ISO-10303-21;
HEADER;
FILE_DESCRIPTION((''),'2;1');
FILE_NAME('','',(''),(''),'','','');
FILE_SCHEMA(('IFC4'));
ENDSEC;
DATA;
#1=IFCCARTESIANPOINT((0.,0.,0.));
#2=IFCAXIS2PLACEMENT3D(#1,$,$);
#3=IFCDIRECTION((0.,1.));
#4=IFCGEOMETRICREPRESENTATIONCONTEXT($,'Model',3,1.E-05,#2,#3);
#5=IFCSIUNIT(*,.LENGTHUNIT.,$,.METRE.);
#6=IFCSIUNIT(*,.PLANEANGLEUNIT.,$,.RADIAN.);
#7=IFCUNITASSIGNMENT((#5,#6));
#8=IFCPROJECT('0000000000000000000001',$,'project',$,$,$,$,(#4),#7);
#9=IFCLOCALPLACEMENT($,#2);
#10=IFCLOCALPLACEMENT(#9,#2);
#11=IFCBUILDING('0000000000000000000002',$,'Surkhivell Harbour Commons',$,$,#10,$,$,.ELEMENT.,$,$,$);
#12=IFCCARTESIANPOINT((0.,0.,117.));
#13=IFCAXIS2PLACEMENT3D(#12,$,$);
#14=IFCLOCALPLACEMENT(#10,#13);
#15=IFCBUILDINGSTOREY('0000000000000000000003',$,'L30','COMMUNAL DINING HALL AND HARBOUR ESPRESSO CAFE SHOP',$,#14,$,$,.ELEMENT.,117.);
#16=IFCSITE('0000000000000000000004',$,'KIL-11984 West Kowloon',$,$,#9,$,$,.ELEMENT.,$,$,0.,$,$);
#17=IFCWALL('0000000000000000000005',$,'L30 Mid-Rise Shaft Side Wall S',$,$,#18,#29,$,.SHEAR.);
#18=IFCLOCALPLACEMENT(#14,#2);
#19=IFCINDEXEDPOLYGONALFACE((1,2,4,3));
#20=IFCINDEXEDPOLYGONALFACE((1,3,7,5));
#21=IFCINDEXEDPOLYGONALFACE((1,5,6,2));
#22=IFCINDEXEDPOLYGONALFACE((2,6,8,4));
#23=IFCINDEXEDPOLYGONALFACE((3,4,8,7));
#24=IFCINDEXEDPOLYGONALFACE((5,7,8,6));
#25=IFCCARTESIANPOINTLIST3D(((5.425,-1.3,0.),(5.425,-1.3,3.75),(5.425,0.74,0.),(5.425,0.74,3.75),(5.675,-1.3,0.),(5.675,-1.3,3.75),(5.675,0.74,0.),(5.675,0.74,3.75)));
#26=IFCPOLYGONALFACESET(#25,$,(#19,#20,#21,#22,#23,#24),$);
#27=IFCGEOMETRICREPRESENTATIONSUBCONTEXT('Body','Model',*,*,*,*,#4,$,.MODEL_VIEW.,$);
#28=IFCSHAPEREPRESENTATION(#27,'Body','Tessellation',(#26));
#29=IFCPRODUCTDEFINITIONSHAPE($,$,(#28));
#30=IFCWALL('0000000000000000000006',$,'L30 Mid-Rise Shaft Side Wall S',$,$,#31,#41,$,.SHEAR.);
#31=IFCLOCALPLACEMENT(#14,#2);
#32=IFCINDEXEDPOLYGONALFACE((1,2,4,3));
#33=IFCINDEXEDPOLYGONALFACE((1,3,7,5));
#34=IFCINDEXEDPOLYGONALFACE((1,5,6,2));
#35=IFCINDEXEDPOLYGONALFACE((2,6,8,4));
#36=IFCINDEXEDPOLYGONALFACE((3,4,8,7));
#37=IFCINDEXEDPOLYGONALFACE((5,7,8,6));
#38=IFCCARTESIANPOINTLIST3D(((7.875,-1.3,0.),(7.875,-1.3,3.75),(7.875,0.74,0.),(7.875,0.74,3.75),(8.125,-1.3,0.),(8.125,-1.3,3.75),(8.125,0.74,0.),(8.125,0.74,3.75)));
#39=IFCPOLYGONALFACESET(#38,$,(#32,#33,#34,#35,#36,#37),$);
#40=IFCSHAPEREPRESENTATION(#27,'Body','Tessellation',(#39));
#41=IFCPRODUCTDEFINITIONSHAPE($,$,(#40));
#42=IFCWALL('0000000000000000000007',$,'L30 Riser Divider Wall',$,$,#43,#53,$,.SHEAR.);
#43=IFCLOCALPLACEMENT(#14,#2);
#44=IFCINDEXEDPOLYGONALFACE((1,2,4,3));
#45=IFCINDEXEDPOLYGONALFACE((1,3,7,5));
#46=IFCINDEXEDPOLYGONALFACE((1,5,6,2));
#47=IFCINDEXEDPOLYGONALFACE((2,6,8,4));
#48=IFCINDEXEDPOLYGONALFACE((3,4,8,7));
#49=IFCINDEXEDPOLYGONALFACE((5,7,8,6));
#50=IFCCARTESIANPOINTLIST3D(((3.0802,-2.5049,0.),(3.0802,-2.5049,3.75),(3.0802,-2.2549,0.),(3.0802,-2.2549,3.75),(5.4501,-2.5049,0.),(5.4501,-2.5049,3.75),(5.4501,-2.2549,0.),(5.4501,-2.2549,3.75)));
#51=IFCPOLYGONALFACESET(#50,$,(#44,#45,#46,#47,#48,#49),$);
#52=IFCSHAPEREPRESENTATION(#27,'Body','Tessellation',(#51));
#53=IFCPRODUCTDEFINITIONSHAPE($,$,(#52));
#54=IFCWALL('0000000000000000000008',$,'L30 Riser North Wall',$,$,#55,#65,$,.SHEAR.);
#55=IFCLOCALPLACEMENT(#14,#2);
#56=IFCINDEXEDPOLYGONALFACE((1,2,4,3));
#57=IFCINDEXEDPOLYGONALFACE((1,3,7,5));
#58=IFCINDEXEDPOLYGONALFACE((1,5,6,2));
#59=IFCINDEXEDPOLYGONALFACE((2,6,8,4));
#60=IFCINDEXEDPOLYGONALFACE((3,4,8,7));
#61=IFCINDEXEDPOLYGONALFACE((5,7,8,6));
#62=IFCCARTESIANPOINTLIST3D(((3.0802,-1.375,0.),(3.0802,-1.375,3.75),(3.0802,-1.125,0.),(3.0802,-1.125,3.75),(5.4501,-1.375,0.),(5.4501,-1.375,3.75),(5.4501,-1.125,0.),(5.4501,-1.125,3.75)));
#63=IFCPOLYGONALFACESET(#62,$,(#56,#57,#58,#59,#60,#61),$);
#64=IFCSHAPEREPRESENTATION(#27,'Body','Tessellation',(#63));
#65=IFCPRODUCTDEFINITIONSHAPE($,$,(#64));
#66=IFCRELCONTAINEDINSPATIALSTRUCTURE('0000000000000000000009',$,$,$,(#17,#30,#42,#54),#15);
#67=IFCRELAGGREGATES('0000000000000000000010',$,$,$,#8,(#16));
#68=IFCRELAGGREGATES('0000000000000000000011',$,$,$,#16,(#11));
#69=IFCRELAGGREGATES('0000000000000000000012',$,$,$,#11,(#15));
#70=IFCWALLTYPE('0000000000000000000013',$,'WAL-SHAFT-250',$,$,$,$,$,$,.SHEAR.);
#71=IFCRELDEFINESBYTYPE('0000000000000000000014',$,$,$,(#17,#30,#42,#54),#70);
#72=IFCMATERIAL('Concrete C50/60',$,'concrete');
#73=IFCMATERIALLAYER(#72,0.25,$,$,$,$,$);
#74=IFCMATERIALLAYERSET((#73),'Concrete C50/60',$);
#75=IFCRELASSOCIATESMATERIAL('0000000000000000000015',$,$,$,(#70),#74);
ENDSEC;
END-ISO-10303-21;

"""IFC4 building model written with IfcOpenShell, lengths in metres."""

from ifc_helpers import new_model, si_unit, direction, frame, frame_2d, origin, place, context, subcontext, project, spatial, rectangle, extrude, material, layer, layer_set, type_object, element, save


model = new_model("IFC4")

# Units and contexts
model_context = context("Model", 3, precision=1e-05, world=origin(), true_north=direction((0.0, 1.0)))
body_context = subcontext(model_context, "Body", "Model", "MODEL_VIEW")
ifc_project = project(units=[si_unit("LENGTHUNIT", "METRE"), si_unit("PLANEANGLEUNIT", "RADIAN")], contexts=[model_context])

# Site, building, storey
site_placement = place(None, origin())
site = spatial("IfcSite", under=ifc_project, at=site_placement, Name="KIL-11984 West Kowloon", CompositionType="ELEMENT", RefElevation=0.0)
building_placement = place(site_placement, origin())
building = spatial("IfcBuilding", under=site, at=building_placement, Name="Surkhivell Harbour Commons", CompositionType="ELEMENT")
storey_placement = place(building_placement, frame((0.0, 0.0, 117.0)))
storey = spatial("IfcBuildingStorey", under=building, at=storey_placement, Name="L30", Description="COMMUNAL DINING HALL AND HARBOUR ESPRESSO CAFE SHOP", CompositionType="ELEMENT", Elevation=117.0)

# Shared definitions
ifc_material_1 = material(Name="Concrete C50/60", Category="concrete")
ifc_layer_1 = layer(ifc_material_1, 0.25)
ifc_layer_set_1 = layer_set([ifc_layer_1], Name="Concrete C50/60")
wall_type_1 = type_object("IfcWallType", Name="WAL-SHAFT-250", PredefinedType="SHEAR", material=ifc_layer_set_1)

# Walls
for number, where, z_axis, x_axis, name in (
    (1, (5.55, -1.3, 0.0), (0.0, 0.0, 1.0), (0.0, 1.0, 0.0), "L30 Mid-Rise Shaft Side Wall S"),
    (2, (8.0, -1.3, 0.0), (0.0, 0.0, 1.0), (0.0, 1.0, 0.0), "L30 Mid-Rise Shaft Side Wall S"),
):
    element("IfcWall", number, at=place(storey_placement, frame(where, z_axis=z_axis, x_axis=x_axis)), inside=storey, type_object=wall_type_1, Name=name, PredefinedType="SHEAR", context=body_context, shape_type="SweptSolid", body=[
        extrude(rectangle(XDim=2.04, YDim=0.25, at=frame_2d((1.02, 0.0))), origin(), (0.0, 0.0, 1.0), 3.75),
    ])
for number, where, z_axis, x_axis, name in (
    (3, (3.0801, -2.3799, 0.0), (0.0, 0.0, 1.0), (1.0, 0.0, 0.0), "L30 Riser Divider Wall"),
    (4, (3.0801, -1.25, 0.0), (0.0, 0.0, 1.0), (1.0, 0.0, 0.0), "L30 Riser North Wall"),
):
    element("IfcWall", number, at=place(storey_placement, frame(where, z_axis=z_axis, x_axis=x_axis)), inside=storey, type_object=wall_type_1, Name=name, PredefinedType="SHEAR", context=body_context, shape_type="SweptSolid", body=[
        extrude(rectangle(XDim=2.3699, YDim=0.25, at=frame_2d((1.1851, 0.0))), origin(), (0.0, 0.0, 1.0), 3.75),
    ])

save(model, "model.ifc")
